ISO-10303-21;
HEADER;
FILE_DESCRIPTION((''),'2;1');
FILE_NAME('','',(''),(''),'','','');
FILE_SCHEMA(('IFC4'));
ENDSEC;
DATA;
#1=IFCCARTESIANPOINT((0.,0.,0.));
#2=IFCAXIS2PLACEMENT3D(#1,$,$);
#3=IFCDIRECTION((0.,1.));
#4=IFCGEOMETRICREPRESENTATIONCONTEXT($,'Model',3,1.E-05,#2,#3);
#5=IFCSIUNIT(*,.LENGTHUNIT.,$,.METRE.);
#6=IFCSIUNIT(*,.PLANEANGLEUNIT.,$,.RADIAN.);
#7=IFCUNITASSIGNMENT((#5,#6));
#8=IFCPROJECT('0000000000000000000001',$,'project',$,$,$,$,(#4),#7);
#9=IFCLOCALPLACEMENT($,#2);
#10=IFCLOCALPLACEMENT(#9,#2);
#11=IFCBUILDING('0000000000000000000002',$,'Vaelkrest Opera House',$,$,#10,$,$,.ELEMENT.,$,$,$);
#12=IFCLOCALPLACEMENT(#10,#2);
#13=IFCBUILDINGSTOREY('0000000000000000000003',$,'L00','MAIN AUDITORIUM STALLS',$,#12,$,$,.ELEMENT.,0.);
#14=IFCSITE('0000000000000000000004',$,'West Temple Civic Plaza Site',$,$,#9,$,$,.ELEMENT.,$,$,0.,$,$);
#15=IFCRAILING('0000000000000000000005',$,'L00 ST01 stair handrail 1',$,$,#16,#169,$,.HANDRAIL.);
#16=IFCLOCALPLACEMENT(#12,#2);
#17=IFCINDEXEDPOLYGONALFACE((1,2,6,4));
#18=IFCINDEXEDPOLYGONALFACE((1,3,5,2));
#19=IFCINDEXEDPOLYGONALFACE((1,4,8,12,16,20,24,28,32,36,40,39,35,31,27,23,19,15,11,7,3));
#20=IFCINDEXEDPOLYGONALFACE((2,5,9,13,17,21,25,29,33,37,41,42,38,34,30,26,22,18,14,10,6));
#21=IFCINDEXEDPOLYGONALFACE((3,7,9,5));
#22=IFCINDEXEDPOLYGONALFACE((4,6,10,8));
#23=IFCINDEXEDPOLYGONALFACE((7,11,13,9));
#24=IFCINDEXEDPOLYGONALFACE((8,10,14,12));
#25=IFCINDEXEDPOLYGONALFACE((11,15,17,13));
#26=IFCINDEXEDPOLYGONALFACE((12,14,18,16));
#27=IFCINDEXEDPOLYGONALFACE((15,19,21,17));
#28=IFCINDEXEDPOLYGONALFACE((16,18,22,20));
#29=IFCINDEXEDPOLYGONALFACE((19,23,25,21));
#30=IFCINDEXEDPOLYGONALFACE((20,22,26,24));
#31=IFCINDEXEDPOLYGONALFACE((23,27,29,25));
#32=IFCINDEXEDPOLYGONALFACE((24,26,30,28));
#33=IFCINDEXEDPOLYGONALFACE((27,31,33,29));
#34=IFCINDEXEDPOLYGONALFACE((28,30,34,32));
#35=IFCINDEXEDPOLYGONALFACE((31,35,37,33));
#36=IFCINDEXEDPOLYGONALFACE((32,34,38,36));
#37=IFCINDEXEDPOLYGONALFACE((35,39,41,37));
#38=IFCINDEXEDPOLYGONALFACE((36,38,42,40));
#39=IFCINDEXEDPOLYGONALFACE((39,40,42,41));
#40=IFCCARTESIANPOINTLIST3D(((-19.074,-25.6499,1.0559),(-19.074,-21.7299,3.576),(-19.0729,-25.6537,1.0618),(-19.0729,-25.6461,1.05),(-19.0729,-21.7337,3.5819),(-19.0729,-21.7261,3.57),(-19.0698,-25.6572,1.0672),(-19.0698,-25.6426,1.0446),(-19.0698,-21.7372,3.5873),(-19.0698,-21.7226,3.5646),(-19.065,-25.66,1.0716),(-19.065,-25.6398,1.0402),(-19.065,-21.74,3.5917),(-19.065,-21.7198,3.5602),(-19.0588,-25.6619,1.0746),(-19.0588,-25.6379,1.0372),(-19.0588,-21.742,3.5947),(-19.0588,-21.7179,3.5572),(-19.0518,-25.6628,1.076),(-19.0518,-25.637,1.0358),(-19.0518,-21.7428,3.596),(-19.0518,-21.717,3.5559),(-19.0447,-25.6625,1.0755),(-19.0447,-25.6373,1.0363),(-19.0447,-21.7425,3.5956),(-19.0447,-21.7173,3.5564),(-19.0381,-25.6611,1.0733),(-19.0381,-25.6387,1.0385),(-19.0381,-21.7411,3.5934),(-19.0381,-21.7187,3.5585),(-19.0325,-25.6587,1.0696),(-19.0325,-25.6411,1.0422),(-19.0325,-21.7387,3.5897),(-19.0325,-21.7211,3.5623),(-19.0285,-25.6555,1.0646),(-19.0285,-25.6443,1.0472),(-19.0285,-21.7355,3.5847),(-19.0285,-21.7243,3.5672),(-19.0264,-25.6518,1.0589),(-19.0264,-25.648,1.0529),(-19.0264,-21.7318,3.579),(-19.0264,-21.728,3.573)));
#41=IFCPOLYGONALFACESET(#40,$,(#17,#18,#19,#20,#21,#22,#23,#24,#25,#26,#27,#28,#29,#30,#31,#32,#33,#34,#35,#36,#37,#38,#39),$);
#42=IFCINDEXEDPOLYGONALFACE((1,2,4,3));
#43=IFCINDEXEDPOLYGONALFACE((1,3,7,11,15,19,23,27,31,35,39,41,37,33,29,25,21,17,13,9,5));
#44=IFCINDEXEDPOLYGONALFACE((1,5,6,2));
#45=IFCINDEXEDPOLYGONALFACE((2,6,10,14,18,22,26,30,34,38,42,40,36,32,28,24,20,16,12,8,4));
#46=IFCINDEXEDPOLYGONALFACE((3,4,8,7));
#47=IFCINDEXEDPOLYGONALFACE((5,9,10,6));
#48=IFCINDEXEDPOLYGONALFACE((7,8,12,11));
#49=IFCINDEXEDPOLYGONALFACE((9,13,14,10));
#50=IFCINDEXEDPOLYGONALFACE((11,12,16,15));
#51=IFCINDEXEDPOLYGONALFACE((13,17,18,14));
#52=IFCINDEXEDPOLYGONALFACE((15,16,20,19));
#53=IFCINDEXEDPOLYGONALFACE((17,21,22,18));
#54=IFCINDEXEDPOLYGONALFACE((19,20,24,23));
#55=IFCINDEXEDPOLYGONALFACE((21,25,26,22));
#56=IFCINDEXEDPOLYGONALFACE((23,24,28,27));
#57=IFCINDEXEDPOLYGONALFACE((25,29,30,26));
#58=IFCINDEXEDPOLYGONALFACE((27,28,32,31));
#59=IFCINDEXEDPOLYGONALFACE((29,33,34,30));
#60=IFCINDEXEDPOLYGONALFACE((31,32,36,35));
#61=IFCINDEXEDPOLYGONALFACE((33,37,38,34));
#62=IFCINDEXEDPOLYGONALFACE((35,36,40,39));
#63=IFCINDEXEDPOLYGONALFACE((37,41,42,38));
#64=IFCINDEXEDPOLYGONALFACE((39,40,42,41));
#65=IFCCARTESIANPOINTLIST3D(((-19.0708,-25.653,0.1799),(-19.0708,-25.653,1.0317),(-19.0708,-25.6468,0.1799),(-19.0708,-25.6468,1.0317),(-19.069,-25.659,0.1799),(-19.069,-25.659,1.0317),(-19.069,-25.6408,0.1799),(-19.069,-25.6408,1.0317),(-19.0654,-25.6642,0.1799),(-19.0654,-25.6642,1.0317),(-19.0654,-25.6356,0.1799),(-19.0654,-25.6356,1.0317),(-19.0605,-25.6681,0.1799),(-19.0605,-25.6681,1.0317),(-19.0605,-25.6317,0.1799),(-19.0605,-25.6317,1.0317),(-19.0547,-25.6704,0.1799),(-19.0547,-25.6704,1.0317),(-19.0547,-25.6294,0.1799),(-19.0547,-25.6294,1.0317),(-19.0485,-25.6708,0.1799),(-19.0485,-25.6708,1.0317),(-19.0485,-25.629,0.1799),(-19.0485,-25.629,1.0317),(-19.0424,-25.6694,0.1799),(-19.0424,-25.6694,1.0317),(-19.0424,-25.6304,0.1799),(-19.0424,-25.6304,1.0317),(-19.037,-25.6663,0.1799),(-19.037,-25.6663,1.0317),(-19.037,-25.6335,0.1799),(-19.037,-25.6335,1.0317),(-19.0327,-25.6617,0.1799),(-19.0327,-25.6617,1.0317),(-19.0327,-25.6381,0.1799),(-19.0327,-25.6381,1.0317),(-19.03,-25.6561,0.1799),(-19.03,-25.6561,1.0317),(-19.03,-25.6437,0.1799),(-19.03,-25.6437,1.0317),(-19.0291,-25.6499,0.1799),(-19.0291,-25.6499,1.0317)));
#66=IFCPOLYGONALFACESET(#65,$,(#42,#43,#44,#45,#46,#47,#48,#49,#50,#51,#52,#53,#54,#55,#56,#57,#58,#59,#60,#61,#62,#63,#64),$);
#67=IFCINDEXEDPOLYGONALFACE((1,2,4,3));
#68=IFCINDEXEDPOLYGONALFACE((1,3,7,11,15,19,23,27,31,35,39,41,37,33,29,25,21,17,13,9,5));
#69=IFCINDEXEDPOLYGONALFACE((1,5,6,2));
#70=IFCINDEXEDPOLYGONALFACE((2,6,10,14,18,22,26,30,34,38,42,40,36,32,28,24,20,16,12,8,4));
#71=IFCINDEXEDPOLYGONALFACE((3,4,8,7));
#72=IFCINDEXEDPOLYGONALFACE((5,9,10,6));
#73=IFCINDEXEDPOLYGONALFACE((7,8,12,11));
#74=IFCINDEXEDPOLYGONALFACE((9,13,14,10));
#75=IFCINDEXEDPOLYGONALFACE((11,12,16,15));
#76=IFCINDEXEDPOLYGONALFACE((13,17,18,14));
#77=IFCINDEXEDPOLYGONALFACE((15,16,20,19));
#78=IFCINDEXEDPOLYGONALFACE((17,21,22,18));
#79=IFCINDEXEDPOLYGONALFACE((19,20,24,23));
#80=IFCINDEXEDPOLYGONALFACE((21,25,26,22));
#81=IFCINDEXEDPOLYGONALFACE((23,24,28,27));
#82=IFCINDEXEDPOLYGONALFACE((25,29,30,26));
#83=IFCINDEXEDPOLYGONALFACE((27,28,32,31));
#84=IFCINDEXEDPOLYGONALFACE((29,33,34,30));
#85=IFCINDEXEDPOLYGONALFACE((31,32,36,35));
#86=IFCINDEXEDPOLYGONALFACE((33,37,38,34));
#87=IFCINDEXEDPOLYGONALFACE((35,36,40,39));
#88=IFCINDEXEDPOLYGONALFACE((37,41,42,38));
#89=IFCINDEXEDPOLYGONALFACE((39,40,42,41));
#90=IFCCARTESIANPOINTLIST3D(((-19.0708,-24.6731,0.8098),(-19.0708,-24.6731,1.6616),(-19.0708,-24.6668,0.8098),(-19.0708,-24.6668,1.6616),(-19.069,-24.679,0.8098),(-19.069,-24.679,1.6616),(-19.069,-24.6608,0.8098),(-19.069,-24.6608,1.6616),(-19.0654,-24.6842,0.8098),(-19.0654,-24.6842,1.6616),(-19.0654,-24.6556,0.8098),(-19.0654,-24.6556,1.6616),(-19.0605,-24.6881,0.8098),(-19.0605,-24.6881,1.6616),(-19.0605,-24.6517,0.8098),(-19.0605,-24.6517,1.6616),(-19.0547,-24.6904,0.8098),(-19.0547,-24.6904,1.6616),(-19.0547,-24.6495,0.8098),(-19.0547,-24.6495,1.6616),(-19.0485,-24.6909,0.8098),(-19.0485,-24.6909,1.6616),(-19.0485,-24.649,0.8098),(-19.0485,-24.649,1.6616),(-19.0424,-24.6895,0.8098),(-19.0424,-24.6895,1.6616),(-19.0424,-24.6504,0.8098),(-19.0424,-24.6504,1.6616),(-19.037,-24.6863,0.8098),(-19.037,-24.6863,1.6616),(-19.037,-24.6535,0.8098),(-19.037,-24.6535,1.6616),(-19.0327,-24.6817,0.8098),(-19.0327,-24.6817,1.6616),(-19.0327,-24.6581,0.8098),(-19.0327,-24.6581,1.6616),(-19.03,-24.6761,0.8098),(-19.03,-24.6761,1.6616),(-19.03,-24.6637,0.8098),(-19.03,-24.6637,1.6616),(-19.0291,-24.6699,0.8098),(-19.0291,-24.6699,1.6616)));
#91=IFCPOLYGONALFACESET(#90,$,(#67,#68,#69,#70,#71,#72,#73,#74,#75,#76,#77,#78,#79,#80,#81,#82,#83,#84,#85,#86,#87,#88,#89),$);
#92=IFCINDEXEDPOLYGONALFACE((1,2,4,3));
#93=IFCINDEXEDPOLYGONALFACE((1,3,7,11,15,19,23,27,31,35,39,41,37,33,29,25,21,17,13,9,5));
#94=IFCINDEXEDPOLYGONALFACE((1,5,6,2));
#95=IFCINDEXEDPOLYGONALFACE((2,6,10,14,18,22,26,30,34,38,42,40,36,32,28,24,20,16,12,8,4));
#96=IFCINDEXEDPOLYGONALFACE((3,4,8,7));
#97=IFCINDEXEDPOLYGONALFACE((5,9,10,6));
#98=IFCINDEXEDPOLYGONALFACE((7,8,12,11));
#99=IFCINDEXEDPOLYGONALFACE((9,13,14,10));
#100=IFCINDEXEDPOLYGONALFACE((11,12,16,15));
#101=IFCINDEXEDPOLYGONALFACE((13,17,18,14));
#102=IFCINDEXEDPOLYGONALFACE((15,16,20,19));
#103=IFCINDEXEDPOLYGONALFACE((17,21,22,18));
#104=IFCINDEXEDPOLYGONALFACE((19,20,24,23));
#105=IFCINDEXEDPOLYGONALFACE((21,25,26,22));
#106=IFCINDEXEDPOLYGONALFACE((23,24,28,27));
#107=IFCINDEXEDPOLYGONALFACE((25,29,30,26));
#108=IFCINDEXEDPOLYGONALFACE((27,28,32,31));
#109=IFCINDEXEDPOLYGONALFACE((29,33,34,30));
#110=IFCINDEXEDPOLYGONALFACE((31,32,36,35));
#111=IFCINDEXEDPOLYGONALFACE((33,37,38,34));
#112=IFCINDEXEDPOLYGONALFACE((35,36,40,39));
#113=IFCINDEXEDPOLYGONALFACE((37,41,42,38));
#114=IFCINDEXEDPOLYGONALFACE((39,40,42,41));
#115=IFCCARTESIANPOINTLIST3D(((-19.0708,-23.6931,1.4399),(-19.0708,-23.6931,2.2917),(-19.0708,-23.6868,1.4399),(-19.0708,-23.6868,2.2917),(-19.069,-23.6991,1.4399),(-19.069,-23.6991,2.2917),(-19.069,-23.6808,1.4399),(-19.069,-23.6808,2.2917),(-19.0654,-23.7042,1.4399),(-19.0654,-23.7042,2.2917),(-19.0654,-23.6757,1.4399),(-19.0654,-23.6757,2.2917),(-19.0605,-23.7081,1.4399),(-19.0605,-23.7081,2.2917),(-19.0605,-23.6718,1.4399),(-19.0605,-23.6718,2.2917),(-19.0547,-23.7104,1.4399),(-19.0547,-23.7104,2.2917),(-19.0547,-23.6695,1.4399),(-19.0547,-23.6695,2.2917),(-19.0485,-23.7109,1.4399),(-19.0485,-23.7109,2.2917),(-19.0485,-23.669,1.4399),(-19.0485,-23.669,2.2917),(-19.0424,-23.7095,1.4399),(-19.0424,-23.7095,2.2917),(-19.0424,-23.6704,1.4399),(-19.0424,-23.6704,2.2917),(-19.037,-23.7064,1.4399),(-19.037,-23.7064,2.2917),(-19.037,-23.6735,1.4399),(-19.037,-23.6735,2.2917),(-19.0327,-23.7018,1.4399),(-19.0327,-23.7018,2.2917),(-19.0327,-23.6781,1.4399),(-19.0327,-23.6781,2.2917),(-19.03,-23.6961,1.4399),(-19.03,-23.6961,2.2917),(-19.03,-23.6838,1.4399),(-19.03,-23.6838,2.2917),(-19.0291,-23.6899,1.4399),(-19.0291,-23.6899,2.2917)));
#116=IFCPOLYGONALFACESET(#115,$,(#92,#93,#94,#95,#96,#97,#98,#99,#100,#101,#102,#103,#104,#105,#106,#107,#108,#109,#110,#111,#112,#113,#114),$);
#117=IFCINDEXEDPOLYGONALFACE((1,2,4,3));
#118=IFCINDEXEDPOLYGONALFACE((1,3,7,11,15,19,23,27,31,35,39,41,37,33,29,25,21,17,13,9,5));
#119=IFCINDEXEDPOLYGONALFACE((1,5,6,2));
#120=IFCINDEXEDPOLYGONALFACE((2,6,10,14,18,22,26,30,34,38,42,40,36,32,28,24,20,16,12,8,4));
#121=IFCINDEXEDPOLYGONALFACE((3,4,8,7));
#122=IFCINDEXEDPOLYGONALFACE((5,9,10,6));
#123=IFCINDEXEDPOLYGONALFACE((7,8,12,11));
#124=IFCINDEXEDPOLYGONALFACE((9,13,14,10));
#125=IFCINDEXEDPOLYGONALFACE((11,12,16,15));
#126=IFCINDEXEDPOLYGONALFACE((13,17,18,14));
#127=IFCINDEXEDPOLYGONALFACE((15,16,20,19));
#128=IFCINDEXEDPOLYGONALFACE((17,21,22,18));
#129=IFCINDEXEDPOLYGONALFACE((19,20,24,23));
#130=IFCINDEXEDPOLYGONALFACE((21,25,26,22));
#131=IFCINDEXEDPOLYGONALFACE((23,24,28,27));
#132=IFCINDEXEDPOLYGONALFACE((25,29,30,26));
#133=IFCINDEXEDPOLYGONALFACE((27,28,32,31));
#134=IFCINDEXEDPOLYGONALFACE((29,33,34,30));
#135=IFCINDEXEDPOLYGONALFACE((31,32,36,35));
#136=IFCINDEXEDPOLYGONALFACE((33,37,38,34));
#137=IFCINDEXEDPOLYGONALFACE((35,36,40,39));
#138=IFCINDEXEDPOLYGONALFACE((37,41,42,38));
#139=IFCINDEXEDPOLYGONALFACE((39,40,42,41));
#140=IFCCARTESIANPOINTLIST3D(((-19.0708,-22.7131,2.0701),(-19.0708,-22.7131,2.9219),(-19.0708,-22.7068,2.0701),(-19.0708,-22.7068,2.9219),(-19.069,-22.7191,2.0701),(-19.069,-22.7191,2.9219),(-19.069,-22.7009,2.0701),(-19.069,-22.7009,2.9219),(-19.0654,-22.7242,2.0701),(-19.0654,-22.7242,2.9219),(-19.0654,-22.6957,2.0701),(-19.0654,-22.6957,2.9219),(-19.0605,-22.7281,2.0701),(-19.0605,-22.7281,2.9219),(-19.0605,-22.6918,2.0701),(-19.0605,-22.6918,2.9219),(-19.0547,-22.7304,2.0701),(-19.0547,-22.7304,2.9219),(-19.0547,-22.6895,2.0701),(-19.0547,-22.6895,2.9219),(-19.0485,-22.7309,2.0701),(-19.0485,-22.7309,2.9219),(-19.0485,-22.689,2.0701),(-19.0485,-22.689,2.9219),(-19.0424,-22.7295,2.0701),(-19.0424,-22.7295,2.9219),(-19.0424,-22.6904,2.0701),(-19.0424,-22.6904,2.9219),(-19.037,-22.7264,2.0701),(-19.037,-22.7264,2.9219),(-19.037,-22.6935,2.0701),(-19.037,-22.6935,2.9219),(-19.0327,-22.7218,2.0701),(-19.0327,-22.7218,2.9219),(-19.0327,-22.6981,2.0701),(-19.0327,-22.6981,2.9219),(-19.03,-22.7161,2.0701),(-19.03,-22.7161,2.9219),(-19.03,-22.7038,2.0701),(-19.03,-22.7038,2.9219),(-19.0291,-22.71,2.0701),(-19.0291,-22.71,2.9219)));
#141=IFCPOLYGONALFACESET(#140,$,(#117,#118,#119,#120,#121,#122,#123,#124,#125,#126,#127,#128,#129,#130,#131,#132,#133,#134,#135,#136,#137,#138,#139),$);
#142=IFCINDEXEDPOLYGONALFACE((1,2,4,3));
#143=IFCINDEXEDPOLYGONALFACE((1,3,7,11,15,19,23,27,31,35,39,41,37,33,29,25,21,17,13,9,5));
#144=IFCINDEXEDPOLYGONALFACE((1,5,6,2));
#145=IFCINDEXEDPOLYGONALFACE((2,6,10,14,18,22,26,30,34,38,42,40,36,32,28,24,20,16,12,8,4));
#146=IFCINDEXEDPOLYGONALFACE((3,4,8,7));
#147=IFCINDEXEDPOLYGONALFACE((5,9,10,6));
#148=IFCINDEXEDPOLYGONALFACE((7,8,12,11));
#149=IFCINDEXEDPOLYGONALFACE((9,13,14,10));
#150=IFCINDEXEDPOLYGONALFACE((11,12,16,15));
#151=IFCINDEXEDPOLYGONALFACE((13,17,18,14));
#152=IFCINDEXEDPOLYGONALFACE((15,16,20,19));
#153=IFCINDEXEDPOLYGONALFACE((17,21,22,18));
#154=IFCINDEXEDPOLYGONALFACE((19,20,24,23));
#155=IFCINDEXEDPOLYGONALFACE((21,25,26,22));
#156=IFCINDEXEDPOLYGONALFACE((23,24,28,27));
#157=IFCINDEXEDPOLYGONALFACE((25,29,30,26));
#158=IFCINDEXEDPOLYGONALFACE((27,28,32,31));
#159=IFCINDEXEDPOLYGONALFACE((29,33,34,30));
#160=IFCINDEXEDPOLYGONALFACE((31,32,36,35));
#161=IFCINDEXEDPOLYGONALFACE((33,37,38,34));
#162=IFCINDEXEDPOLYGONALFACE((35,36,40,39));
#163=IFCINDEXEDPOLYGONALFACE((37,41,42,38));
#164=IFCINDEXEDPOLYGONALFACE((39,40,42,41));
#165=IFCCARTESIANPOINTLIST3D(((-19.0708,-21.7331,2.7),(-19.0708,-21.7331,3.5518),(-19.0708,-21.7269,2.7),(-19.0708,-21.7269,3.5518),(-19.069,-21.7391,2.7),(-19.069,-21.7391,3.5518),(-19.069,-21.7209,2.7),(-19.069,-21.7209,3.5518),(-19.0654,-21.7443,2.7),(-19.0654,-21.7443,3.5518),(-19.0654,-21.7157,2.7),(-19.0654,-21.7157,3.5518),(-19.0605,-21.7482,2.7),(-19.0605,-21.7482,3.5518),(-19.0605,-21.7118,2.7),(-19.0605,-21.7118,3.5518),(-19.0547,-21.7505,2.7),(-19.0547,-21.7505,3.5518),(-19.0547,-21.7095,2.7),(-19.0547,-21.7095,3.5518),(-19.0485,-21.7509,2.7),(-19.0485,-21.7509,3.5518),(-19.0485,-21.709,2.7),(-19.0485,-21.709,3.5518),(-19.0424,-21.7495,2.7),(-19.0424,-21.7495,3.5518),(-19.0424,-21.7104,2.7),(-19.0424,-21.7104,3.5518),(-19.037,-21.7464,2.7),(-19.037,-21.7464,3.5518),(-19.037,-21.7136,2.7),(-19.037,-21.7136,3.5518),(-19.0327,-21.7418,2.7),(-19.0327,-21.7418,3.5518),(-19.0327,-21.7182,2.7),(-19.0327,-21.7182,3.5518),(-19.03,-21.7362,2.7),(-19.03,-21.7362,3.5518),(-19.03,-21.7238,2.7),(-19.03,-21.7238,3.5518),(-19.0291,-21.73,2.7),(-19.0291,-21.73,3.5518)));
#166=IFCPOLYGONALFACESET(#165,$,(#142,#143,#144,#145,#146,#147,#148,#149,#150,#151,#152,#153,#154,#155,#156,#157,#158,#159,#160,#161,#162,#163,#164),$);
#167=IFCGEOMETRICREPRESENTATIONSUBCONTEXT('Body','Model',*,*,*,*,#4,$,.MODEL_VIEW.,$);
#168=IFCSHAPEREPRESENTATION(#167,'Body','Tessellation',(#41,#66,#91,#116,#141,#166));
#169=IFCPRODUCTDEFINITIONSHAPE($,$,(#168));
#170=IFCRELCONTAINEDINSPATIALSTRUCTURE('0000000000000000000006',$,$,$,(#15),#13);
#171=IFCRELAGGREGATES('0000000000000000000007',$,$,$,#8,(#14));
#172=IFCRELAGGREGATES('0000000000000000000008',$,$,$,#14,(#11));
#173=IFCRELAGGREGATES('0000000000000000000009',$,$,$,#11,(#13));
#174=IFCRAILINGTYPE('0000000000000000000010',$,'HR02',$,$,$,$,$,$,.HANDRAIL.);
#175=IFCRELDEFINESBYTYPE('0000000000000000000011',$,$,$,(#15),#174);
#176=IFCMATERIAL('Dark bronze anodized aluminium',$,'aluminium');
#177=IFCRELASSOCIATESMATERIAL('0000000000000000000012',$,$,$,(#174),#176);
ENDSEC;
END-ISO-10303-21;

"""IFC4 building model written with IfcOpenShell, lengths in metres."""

from ifc_helpers import new_model, si_unit, direction, frame, origin, origin_2d, place, context, subcontext, project, spatial, circle, extrude, material, type_object, element, save


model = new_model("IFC4")

# Units and contexts
model_context = context("Model", 3, precision=1e-05, world=origin(), true_north=direction((0.0, 1.0)))
body_context = subcontext(model_context, "Body", "Model", "MODEL_VIEW")
ifc_project = project(units=[si_unit("LENGTHUNIT", "METRE"), si_unit("PLANEANGLEUNIT", "RADIAN")], contexts=[model_context])

# Site, building, storey
site_placement = place(None, origin())
site = spatial("IfcSite", under=ifc_project, at=site_placement, Name="West Temple Civic Plaza Site", CompositionType="ELEMENT", RefElevation=0.0)
building_placement = place(site_placement, origin())
building = spatial("IfcBuilding", under=site, at=building_placement, Name="Vaelkrest Opera House", CompositionType="ELEMENT")
storey_placement = place(building_placement, origin())
storey = spatial("IfcBuildingStorey", under=building, at=storey_placement, Name="L00", Description="MAIN AUDITORIUM STALLS", CompositionType="ELEMENT", Elevation=0.0)

# Shared definitions
ifc_material_1 = material(Name="Dark bronze anodized aluminium", Category="aluminium")

# Railing
railing_type_1 = type_object("IfcRailingType", Name="HR02", PredefinedType="HANDRAIL", material=ifc_material_1)
railing_1_placement = place(storey_placement, frame((-19.05, -25.6499, 0.1799)))
element("IfcRailing", 1, at=railing_1_placement, inside=storey, type_object=railing_type_1, Name="L00 ST01 stair handrail 1", PredefinedType="HANDRAIL", context=body_context, shape_type="SweptSolid", body=[
    extrude(circle(Radius=0.0239, at=origin_2d()), frame((0.0, 0.0, 0.876), z_axis=(0.0, 0.841172, 0.540768), x_axis=(-1.0, 0.0, 0.0)), (0.0, 0.0, 1.0), 4.6602),
    extrude(circle(Radius=0.021, at=origin_2d()), origin(), (0.0, 0.0, 1.0), 0.8518),
    extrude(circle(Radius=0.021, at=origin_2d()), frame((0.0, 0.98, 0.6299)), (0.0, 0.0, 1.0), 0.8518),
    extrude(circle(Radius=0.021, at=origin_2d()), frame((0.0, 1.96, 1.26)), (0.0, 0.0, 1.0), 0.8518),
    extrude(circle(Radius=0.021, at=origin_2d()), frame((0.0, 2.9399, 1.8901)), (0.0, 0.0, 1.0), 0.8518),
    extrude(circle(Radius=0.021, at=origin_2d()), frame((0.0, 3.9199, 2.52)), (0.0, 0.0, 1.0), 0.8518),
])

save(model, "model.ifc")
